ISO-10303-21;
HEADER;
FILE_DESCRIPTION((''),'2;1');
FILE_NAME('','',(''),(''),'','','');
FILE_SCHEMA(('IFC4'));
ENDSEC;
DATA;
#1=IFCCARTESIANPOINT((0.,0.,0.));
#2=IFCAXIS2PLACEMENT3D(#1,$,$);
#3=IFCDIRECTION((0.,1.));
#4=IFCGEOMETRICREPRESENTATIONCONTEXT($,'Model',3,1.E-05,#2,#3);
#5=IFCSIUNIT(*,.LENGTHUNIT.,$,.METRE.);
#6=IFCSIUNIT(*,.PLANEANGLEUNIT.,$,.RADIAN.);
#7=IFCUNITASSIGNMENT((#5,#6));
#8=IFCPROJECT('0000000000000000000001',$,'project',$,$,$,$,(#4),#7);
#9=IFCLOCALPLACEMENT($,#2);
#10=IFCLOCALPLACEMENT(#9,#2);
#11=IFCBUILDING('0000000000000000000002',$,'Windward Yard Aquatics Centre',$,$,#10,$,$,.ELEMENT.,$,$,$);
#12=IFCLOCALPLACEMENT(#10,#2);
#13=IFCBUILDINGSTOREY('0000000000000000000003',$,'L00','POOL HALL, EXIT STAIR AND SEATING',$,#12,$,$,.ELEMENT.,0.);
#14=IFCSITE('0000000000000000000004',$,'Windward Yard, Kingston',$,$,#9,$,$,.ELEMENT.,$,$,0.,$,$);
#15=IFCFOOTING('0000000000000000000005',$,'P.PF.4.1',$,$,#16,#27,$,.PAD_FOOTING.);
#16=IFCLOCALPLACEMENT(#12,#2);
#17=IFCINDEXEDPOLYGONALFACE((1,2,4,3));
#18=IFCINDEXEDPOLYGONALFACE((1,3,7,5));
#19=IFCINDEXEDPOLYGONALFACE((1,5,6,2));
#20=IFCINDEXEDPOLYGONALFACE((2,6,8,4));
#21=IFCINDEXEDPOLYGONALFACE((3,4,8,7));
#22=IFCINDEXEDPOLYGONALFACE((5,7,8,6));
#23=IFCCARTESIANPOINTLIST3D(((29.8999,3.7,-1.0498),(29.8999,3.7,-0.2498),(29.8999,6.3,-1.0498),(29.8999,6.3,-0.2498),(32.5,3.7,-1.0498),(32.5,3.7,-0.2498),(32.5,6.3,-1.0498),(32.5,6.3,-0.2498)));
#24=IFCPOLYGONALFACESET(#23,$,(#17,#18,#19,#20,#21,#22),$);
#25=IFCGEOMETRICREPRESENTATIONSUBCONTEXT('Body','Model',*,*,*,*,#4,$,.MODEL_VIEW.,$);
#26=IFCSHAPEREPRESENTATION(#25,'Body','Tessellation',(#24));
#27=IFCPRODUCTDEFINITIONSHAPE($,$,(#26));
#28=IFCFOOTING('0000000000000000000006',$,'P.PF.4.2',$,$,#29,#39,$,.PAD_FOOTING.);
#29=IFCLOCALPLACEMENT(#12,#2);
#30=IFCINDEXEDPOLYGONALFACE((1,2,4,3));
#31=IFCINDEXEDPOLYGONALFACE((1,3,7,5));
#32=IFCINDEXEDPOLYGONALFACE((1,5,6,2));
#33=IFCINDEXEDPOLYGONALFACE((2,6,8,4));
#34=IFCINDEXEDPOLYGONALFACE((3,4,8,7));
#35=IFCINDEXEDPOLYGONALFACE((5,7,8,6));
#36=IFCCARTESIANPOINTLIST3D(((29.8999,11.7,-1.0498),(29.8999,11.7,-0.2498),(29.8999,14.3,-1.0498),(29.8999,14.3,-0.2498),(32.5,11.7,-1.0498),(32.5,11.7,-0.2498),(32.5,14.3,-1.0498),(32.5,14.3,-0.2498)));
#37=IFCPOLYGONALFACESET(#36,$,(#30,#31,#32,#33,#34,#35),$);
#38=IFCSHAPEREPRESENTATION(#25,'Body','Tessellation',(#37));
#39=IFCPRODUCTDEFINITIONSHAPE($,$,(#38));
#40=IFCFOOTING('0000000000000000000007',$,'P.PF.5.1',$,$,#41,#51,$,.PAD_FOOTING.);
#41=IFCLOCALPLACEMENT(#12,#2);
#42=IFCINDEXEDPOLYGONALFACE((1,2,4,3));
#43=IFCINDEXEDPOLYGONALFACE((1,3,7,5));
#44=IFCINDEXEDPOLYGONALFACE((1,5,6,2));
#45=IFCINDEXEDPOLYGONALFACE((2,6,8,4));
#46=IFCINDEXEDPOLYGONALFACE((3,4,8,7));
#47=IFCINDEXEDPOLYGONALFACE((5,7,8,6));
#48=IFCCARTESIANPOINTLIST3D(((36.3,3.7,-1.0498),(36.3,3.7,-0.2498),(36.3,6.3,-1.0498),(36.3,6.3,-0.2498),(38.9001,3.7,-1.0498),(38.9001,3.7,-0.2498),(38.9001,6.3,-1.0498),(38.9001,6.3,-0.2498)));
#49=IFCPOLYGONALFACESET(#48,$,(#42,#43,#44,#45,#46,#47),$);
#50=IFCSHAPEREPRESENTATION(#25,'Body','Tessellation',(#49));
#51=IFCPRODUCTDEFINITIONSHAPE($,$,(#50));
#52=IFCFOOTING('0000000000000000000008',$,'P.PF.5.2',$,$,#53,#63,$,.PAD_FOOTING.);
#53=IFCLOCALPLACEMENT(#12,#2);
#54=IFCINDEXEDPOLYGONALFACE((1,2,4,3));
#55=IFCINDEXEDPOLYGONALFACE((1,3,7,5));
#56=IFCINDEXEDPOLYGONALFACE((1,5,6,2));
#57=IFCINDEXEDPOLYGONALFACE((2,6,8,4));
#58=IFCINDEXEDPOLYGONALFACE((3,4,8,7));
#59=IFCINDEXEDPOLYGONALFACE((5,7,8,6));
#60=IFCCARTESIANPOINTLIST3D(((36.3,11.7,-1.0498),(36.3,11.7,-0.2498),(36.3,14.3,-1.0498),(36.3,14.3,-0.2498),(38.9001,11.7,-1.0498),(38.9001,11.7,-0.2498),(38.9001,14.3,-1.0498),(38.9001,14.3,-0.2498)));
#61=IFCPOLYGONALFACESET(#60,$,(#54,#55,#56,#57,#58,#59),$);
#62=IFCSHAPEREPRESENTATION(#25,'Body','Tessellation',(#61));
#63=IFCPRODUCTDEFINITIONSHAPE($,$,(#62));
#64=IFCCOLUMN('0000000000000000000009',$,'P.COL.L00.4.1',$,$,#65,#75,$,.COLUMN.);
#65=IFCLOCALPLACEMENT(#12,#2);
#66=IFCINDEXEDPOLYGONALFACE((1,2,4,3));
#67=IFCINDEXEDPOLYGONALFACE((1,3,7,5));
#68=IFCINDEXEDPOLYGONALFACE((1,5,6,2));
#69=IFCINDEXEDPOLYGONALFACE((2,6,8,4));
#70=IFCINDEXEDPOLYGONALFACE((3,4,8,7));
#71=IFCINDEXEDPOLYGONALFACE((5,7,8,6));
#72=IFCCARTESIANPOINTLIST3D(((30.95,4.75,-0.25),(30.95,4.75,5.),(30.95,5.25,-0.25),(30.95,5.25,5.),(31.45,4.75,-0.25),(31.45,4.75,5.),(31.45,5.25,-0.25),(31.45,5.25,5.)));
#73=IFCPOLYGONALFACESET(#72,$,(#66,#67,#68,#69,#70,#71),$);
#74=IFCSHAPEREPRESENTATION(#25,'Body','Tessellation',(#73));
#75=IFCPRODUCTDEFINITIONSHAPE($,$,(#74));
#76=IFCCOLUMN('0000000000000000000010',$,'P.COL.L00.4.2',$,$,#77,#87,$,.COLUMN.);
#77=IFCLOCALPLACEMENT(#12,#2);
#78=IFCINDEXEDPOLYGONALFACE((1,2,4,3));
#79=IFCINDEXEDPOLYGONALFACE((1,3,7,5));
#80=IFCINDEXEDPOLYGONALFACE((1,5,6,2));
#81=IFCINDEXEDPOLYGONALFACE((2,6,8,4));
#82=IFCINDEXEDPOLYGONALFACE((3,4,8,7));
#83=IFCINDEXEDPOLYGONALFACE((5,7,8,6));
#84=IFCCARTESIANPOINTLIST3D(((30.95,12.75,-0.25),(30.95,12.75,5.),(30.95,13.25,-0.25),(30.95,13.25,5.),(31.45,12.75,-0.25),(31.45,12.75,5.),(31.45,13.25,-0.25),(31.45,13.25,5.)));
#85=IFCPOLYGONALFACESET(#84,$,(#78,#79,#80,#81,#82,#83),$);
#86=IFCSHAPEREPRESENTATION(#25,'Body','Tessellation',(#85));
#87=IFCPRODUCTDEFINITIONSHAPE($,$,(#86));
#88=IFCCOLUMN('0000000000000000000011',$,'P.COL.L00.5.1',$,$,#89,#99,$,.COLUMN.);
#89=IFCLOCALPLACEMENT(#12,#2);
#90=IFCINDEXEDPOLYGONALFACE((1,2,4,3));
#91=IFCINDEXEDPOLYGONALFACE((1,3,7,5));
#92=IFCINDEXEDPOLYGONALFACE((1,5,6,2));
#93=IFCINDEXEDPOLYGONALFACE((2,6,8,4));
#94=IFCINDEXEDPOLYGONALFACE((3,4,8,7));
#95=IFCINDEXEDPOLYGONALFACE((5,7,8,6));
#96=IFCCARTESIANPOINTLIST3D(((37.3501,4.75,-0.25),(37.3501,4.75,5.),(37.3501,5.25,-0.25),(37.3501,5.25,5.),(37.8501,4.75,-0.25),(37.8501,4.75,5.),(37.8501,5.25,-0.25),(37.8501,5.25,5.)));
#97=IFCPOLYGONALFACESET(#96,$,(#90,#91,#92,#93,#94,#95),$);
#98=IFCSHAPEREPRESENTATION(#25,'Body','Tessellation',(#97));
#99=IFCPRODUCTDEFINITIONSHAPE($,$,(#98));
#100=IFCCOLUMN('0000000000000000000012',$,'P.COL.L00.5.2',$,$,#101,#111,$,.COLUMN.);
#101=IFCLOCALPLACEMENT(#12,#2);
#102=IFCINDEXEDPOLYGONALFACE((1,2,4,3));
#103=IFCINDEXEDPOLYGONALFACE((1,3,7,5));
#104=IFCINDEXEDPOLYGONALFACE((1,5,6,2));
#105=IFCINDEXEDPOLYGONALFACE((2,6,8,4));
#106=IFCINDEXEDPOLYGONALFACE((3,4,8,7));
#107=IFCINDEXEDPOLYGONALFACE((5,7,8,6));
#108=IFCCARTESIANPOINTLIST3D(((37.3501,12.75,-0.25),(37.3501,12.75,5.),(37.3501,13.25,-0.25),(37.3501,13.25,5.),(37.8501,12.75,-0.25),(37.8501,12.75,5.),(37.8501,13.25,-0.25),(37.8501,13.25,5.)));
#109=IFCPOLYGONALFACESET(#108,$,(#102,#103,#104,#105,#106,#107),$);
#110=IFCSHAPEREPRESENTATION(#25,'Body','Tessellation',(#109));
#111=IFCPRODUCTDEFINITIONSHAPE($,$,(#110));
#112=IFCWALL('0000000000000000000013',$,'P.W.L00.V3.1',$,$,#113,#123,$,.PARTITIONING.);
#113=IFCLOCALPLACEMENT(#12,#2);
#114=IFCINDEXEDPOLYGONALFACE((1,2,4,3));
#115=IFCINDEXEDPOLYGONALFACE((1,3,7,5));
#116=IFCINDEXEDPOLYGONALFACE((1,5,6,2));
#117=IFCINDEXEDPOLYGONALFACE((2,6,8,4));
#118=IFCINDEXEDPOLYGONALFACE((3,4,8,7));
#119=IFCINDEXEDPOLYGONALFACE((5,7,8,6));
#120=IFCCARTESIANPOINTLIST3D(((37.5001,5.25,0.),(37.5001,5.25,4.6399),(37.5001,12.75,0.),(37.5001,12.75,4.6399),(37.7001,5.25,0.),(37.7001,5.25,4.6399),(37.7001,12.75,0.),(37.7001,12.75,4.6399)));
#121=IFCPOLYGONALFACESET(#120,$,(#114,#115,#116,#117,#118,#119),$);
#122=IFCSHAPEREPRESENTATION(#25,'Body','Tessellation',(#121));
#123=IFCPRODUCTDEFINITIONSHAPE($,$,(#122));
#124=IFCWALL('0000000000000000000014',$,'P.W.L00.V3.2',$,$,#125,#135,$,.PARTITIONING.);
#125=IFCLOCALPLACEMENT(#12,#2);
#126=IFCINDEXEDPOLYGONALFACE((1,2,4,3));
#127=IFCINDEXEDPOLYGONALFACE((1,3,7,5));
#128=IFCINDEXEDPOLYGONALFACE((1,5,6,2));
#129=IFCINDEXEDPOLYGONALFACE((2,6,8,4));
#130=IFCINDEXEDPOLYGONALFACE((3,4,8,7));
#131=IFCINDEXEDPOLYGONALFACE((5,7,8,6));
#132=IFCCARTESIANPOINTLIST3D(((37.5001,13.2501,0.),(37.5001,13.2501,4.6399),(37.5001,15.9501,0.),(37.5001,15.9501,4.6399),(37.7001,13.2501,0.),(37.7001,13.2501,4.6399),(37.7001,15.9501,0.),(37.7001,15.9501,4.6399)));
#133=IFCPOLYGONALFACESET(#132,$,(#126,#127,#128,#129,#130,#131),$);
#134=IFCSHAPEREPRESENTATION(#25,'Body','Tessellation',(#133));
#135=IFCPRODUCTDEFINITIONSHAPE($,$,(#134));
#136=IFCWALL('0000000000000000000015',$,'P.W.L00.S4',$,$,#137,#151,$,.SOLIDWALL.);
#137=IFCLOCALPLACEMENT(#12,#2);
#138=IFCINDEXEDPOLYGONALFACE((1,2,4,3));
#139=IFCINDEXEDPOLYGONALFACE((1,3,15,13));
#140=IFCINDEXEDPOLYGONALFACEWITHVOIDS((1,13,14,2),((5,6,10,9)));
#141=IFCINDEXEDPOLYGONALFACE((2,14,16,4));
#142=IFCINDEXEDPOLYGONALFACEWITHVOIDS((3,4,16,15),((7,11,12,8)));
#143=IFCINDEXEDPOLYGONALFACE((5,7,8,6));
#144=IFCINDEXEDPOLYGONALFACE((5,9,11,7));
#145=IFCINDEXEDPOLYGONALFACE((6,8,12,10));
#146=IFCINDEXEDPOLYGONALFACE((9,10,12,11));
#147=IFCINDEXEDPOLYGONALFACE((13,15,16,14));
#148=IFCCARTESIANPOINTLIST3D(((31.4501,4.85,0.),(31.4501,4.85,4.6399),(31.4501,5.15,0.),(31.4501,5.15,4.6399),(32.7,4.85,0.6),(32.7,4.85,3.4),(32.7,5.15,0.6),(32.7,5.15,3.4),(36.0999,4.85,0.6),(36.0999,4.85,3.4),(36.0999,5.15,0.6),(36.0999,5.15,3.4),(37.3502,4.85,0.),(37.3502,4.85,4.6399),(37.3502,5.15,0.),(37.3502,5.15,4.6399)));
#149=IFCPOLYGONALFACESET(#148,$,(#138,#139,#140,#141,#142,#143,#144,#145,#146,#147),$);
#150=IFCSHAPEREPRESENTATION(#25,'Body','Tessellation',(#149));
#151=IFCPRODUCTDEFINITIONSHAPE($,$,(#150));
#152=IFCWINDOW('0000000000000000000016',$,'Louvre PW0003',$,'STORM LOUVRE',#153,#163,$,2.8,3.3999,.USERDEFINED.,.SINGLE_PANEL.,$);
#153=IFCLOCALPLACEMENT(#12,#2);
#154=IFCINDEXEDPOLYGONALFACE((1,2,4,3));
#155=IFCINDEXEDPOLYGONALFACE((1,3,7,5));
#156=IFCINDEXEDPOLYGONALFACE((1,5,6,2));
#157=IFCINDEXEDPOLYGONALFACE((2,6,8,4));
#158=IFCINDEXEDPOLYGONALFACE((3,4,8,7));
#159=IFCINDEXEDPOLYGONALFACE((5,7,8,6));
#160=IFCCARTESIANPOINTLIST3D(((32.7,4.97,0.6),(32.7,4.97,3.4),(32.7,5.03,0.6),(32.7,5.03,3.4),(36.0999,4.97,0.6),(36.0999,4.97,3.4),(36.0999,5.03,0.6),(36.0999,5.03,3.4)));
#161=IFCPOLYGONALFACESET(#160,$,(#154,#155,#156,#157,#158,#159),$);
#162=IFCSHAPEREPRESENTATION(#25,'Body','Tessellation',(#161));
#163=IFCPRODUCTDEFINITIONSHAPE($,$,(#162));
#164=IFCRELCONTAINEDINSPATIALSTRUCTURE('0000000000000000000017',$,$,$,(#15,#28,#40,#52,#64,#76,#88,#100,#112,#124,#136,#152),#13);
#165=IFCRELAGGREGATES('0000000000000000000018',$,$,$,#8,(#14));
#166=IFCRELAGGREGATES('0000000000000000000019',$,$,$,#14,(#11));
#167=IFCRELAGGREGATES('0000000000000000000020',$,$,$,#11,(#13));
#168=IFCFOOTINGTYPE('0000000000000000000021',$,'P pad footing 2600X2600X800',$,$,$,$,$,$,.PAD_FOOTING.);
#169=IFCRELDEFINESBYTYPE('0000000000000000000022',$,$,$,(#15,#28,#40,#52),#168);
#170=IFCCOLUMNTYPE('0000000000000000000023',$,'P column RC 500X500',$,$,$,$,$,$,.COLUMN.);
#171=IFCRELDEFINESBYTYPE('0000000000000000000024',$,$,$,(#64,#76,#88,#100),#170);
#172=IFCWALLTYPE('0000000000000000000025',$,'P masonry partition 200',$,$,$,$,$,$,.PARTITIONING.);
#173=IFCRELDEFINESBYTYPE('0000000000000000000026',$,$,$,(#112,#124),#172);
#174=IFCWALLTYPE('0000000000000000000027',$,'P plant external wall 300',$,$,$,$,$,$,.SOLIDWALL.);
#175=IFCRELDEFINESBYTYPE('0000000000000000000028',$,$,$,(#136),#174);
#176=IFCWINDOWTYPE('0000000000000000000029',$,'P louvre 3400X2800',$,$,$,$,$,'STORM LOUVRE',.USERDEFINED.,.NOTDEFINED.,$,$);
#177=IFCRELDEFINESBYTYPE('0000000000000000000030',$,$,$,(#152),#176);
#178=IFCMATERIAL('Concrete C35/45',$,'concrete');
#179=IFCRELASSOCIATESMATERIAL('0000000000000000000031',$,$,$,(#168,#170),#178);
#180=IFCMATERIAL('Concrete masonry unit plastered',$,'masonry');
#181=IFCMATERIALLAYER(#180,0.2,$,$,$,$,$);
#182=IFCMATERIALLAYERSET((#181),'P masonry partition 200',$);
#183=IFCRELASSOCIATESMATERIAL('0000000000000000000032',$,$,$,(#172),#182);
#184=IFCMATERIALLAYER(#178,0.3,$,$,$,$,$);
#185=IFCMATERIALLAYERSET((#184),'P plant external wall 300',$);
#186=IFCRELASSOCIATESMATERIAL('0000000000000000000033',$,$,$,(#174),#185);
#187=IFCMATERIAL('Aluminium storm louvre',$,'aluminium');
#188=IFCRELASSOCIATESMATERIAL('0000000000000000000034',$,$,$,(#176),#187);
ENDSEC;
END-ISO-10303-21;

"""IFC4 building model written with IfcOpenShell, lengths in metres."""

from ifc_helpers import new_model, si_unit, direction, frame, frame_2d, origin, origin_2d, place, context, subcontext, project, spatial, rectangle, extrude, material, layer, layer_set, material_profile, profile_set, type_object, element, fill, save


model = new_model("IFC4")

# Units and contexts
model_context = context("Model", 3, precision=1e-05, world=origin(), true_north=direction((0.0, 1.0)))
body_context = subcontext(model_context, "Body", "Model", "MODEL_VIEW")
ifc_project = project(units=[si_unit("LENGTHUNIT", "METRE"), si_unit("PLANEANGLEUNIT", "RADIAN")], contexts=[model_context])

# Site, building, storey
site_placement = place(None, origin())
site = spatial("IfcSite", under=ifc_project, at=site_placement, Name="Windward Yard, Kingston", CompositionType="ELEMENT", RefElevation=0.0)
building_placement = place(site_placement, origin())
building = spatial("IfcBuilding", under=site, at=building_placement, Name="Windward Yard Aquatics Centre", CompositionType="ELEMENT")
storey_placement = place(building_placement, origin())
storey = spatial("IfcBuildingStorey", under=building, at=storey_placement, Name="L00", Description="POOL HALL, EXIT STAIR AND SEATING", CompositionType="ELEMENT", Elevation=0.0)

# Footings
ifc_material_1 = material(Name="Concrete C35/45", Category="concrete")
footing_type = type_object("IfcFootingType", Name="P pad footing 2600X2600X800", PredefinedType="PAD_FOOTING", material=ifc_material_1)
for number, where, z_axis, x_axis, name in (
    (1, (31.2, 5.0, -1.0498), (0.0, 0.0, 1.0), (1.0, 0.0, 0.0), "P.PF.4.1"),
    (2, (31.2, 13.0, -1.0498), (0.0, 0.0, 1.0), (1.0, 0.0, 0.0), "P.PF.4.2"),
    (3, (37.6001, 5.0, -1.0498), (0.0, 0.0, 1.0), (1.0, 0.0, 0.0), "P.PF.5.1"),
    (4, (37.6001, 13.0, -1.0498), (0.0, 0.0, 1.0), (1.0, 0.0, 0.0), "P.PF.5.2"),
):
    element("IfcFooting", number, at=place(storey_placement, frame(where, z_axis=z_axis, x_axis=x_axis)), inside=storey, type_object=footing_type, Name=name, PredefinedType="PAD_FOOTING", context=body_context, shape_type="SweptSolid", body=[
        extrude(rectangle(XDim=2.6001, YDim=2.6001, at=origin_2d()), origin(), (0.0, 0.0, 1.0), 0.8),
    ])

# Columns
ifc_material_profile = material_profile(ifc_material_1, rectangle(XDim=0.5, YDim=0.5, at=origin_2d()), Name="RC 500X500")
ifc_profile_set = profile_set([ifc_material_profile], Name="Concrete C35/45")
column_type = type_object("IfcColumnType", Name="P column RC 500X500", PredefinedType="COLUMN", material=ifc_profile_set)
for number, where, z_axis, x_axis, name in (
    (5, (31.2, 5.0, -0.25), (0.0, 0.0, 1.0), (1.0, 0.0, 0.0), "P.COL.L00.4.1"),
    (6, (31.2, 13.0, -0.25), (0.0, 0.0, 1.0), (1.0, 0.0, 0.0), "P.COL.L00.4.2"),
    (7, (37.6001, 5.0, -0.25), (0.0, 0.0, 1.0), (1.0, 0.0, 0.0), "P.COL.L00.5.1"),
    (8, (37.6001, 13.0, -0.25), (0.0, 0.0, 1.0), (1.0, 0.0, 0.0), "P.COL.L00.5.2"),
):
    element("IfcColumn", number, at=place(storey_placement, frame(where, z_axis=z_axis, x_axis=x_axis)), inside=storey, type_object=column_type, Name=name, PredefinedType="COLUMN", context=body_context, shape_type="SweptSolid", body=[
        extrude(rectangle(XDim=0.5, YDim=0.5, at=origin_2d()), origin(), (0.0, 0.0, 1.0), 5.25),
    ])

# Walls
ifc_material_2 = material(Name="Concrete masonry unit plastered", Category="masonry")
ifc_layer_1 = layer(ifc_material_2, 0.2)
ifc_layer_set_1 = layer_set([ifc_layer_1], Name="P masonry partition 200")
wall_type_1 = type_object("IfcWallType", Name="P masonry partition 200", PredefinedType="PARTITIONING", material=ifc_layer_set_1)
wall_1_placement = place(storey_placement, frame((37.6001, 5.25, 0.0), z_axis=(0.0, 0.0, 1.0), x_axis=(0.0, 1.0, 0.0)))
element("IfcWall", 9, at=wall_1_placement, inside=storey, type_object=wall_type_1, Name="P.W.L00.V3.1", PredefinedType="PARTITIONING", context=body_context, shape_type="SweptSolid", body=[
    extrude(rectangle(XDim=7.5, YDim=0.2, at=frame_2d((3.75, 0.0))), origin(), (0.0, 0.0, 1.0), 4.6399),
])
wall_2_placement = place(storey_placement, frame((37.6001, 13.25, 0.0), z_axis=(0.0, 0.0, 1.0), x_axis=(0.0, 1.0, 0.0)))
element("IfcWall", 10, at=wall_2_placement, inside=storey, type_object=wall_type_1, Name="P.W.L00.V3.2", PredefinedType="PARTITIONING", context=body_context, shape_type="SweptSolid", body=[
    extrude(rectangle(XDim=2.7, YDim=0.2, at=frame_2d((1.3501, 0.0))), origin(), (0.0, 0.0, 1.0), 4.6399),
])

# Wall, opening, window
ifc_layer_2 = layer(ifc_material_1, 0.3)
ifc_layer_set_2 = layer_set([ifc_layer_2], Name="P plant external wall 300")
wall_type_2 = type_object("IfcWallType", Name="P plant external wall 300", PredefinedType="SOLIDWALL", material=ifc_layer_set_2)
wall_3_placement = place(storey_placement, frame((31.45, 5.0, 0.0), z_axis=(0.0, 0.0, 1.0), x_axis=(1.0, 0.0, 0.0)))
wall_3 = element("IfcWall", 11, at=wall_3_placement, inside=storey, type_object=wall_type_2, Name="P.W.L00.S4", PredefinedType="SOLIDWALL", context=body_context, shape_type="SweptSolid", body=[
    extrude(rectangle(XDim=5.9001, YDim=0.3, at=frame_2d((2.9502, 0.0))), origin(), (0.0, 0.0, 1.0), 4.6399),
])
opening_1_placement = place(wall_3_placement, frame((1.25, 0.0, 0.6001)))
opening_1 = element("IfcOpeningElement", 12, at=opening_1_placement, cuts=wall_3, PredefinedType="OPENING", context=body_context, shape_type="SweptSolid", body=[
    extrude(rectangle(XDim=3.3999, YDim=2.8, at=frame_2d((1.7, 1.3999))), frame((0.0, 0.1602, 0.0), z_axis=(0.0, -1.0, 0.0), x_axis=(1.0, 0.0, 0.0)), (0.0, 0.0, 1.0), 0.3201),
])
ifc_material_3 = material(Name="Aluminium storm louvre", Category="aluminium")
window_type_1 = type_object("IfcWindowType", Name="P louvre 3400X2800", ElementType="STORM LOUVRE", PartitioningType="NOTDEFINED", PredefinedType="USERDEFINED", material=ifc_material_3)
window_1_placement = place(opening_1_placement, origin())
window_1 = element("IfcWindow", 13, at=window_1_placement, inside=storey, type_object=window_type_1, Name="Louvre PW0003", ObjectType="STORM LOUVRE", OverallHeight=2.8, OverallWidth=3.3999, PartitioningType="SINGLE_PANEL", PredefinedType="USERDEFINED", context=body_context, shape_type="SweptSolid", body=[
    extrude(rectangle(XDim=3.3999, YDim=2.8, at=frame_2d((1.7, 1.3999))), frame((0.0, 0.03, 0.0), z_axis=(0.0, -1.0, 0.0), x_axis=(1.0, 0.0, 0.0)), (0.0, 0.0, 1.0), 0.0601),
])
fill(opening_1, window_1)

save(model, "model.ifc")
